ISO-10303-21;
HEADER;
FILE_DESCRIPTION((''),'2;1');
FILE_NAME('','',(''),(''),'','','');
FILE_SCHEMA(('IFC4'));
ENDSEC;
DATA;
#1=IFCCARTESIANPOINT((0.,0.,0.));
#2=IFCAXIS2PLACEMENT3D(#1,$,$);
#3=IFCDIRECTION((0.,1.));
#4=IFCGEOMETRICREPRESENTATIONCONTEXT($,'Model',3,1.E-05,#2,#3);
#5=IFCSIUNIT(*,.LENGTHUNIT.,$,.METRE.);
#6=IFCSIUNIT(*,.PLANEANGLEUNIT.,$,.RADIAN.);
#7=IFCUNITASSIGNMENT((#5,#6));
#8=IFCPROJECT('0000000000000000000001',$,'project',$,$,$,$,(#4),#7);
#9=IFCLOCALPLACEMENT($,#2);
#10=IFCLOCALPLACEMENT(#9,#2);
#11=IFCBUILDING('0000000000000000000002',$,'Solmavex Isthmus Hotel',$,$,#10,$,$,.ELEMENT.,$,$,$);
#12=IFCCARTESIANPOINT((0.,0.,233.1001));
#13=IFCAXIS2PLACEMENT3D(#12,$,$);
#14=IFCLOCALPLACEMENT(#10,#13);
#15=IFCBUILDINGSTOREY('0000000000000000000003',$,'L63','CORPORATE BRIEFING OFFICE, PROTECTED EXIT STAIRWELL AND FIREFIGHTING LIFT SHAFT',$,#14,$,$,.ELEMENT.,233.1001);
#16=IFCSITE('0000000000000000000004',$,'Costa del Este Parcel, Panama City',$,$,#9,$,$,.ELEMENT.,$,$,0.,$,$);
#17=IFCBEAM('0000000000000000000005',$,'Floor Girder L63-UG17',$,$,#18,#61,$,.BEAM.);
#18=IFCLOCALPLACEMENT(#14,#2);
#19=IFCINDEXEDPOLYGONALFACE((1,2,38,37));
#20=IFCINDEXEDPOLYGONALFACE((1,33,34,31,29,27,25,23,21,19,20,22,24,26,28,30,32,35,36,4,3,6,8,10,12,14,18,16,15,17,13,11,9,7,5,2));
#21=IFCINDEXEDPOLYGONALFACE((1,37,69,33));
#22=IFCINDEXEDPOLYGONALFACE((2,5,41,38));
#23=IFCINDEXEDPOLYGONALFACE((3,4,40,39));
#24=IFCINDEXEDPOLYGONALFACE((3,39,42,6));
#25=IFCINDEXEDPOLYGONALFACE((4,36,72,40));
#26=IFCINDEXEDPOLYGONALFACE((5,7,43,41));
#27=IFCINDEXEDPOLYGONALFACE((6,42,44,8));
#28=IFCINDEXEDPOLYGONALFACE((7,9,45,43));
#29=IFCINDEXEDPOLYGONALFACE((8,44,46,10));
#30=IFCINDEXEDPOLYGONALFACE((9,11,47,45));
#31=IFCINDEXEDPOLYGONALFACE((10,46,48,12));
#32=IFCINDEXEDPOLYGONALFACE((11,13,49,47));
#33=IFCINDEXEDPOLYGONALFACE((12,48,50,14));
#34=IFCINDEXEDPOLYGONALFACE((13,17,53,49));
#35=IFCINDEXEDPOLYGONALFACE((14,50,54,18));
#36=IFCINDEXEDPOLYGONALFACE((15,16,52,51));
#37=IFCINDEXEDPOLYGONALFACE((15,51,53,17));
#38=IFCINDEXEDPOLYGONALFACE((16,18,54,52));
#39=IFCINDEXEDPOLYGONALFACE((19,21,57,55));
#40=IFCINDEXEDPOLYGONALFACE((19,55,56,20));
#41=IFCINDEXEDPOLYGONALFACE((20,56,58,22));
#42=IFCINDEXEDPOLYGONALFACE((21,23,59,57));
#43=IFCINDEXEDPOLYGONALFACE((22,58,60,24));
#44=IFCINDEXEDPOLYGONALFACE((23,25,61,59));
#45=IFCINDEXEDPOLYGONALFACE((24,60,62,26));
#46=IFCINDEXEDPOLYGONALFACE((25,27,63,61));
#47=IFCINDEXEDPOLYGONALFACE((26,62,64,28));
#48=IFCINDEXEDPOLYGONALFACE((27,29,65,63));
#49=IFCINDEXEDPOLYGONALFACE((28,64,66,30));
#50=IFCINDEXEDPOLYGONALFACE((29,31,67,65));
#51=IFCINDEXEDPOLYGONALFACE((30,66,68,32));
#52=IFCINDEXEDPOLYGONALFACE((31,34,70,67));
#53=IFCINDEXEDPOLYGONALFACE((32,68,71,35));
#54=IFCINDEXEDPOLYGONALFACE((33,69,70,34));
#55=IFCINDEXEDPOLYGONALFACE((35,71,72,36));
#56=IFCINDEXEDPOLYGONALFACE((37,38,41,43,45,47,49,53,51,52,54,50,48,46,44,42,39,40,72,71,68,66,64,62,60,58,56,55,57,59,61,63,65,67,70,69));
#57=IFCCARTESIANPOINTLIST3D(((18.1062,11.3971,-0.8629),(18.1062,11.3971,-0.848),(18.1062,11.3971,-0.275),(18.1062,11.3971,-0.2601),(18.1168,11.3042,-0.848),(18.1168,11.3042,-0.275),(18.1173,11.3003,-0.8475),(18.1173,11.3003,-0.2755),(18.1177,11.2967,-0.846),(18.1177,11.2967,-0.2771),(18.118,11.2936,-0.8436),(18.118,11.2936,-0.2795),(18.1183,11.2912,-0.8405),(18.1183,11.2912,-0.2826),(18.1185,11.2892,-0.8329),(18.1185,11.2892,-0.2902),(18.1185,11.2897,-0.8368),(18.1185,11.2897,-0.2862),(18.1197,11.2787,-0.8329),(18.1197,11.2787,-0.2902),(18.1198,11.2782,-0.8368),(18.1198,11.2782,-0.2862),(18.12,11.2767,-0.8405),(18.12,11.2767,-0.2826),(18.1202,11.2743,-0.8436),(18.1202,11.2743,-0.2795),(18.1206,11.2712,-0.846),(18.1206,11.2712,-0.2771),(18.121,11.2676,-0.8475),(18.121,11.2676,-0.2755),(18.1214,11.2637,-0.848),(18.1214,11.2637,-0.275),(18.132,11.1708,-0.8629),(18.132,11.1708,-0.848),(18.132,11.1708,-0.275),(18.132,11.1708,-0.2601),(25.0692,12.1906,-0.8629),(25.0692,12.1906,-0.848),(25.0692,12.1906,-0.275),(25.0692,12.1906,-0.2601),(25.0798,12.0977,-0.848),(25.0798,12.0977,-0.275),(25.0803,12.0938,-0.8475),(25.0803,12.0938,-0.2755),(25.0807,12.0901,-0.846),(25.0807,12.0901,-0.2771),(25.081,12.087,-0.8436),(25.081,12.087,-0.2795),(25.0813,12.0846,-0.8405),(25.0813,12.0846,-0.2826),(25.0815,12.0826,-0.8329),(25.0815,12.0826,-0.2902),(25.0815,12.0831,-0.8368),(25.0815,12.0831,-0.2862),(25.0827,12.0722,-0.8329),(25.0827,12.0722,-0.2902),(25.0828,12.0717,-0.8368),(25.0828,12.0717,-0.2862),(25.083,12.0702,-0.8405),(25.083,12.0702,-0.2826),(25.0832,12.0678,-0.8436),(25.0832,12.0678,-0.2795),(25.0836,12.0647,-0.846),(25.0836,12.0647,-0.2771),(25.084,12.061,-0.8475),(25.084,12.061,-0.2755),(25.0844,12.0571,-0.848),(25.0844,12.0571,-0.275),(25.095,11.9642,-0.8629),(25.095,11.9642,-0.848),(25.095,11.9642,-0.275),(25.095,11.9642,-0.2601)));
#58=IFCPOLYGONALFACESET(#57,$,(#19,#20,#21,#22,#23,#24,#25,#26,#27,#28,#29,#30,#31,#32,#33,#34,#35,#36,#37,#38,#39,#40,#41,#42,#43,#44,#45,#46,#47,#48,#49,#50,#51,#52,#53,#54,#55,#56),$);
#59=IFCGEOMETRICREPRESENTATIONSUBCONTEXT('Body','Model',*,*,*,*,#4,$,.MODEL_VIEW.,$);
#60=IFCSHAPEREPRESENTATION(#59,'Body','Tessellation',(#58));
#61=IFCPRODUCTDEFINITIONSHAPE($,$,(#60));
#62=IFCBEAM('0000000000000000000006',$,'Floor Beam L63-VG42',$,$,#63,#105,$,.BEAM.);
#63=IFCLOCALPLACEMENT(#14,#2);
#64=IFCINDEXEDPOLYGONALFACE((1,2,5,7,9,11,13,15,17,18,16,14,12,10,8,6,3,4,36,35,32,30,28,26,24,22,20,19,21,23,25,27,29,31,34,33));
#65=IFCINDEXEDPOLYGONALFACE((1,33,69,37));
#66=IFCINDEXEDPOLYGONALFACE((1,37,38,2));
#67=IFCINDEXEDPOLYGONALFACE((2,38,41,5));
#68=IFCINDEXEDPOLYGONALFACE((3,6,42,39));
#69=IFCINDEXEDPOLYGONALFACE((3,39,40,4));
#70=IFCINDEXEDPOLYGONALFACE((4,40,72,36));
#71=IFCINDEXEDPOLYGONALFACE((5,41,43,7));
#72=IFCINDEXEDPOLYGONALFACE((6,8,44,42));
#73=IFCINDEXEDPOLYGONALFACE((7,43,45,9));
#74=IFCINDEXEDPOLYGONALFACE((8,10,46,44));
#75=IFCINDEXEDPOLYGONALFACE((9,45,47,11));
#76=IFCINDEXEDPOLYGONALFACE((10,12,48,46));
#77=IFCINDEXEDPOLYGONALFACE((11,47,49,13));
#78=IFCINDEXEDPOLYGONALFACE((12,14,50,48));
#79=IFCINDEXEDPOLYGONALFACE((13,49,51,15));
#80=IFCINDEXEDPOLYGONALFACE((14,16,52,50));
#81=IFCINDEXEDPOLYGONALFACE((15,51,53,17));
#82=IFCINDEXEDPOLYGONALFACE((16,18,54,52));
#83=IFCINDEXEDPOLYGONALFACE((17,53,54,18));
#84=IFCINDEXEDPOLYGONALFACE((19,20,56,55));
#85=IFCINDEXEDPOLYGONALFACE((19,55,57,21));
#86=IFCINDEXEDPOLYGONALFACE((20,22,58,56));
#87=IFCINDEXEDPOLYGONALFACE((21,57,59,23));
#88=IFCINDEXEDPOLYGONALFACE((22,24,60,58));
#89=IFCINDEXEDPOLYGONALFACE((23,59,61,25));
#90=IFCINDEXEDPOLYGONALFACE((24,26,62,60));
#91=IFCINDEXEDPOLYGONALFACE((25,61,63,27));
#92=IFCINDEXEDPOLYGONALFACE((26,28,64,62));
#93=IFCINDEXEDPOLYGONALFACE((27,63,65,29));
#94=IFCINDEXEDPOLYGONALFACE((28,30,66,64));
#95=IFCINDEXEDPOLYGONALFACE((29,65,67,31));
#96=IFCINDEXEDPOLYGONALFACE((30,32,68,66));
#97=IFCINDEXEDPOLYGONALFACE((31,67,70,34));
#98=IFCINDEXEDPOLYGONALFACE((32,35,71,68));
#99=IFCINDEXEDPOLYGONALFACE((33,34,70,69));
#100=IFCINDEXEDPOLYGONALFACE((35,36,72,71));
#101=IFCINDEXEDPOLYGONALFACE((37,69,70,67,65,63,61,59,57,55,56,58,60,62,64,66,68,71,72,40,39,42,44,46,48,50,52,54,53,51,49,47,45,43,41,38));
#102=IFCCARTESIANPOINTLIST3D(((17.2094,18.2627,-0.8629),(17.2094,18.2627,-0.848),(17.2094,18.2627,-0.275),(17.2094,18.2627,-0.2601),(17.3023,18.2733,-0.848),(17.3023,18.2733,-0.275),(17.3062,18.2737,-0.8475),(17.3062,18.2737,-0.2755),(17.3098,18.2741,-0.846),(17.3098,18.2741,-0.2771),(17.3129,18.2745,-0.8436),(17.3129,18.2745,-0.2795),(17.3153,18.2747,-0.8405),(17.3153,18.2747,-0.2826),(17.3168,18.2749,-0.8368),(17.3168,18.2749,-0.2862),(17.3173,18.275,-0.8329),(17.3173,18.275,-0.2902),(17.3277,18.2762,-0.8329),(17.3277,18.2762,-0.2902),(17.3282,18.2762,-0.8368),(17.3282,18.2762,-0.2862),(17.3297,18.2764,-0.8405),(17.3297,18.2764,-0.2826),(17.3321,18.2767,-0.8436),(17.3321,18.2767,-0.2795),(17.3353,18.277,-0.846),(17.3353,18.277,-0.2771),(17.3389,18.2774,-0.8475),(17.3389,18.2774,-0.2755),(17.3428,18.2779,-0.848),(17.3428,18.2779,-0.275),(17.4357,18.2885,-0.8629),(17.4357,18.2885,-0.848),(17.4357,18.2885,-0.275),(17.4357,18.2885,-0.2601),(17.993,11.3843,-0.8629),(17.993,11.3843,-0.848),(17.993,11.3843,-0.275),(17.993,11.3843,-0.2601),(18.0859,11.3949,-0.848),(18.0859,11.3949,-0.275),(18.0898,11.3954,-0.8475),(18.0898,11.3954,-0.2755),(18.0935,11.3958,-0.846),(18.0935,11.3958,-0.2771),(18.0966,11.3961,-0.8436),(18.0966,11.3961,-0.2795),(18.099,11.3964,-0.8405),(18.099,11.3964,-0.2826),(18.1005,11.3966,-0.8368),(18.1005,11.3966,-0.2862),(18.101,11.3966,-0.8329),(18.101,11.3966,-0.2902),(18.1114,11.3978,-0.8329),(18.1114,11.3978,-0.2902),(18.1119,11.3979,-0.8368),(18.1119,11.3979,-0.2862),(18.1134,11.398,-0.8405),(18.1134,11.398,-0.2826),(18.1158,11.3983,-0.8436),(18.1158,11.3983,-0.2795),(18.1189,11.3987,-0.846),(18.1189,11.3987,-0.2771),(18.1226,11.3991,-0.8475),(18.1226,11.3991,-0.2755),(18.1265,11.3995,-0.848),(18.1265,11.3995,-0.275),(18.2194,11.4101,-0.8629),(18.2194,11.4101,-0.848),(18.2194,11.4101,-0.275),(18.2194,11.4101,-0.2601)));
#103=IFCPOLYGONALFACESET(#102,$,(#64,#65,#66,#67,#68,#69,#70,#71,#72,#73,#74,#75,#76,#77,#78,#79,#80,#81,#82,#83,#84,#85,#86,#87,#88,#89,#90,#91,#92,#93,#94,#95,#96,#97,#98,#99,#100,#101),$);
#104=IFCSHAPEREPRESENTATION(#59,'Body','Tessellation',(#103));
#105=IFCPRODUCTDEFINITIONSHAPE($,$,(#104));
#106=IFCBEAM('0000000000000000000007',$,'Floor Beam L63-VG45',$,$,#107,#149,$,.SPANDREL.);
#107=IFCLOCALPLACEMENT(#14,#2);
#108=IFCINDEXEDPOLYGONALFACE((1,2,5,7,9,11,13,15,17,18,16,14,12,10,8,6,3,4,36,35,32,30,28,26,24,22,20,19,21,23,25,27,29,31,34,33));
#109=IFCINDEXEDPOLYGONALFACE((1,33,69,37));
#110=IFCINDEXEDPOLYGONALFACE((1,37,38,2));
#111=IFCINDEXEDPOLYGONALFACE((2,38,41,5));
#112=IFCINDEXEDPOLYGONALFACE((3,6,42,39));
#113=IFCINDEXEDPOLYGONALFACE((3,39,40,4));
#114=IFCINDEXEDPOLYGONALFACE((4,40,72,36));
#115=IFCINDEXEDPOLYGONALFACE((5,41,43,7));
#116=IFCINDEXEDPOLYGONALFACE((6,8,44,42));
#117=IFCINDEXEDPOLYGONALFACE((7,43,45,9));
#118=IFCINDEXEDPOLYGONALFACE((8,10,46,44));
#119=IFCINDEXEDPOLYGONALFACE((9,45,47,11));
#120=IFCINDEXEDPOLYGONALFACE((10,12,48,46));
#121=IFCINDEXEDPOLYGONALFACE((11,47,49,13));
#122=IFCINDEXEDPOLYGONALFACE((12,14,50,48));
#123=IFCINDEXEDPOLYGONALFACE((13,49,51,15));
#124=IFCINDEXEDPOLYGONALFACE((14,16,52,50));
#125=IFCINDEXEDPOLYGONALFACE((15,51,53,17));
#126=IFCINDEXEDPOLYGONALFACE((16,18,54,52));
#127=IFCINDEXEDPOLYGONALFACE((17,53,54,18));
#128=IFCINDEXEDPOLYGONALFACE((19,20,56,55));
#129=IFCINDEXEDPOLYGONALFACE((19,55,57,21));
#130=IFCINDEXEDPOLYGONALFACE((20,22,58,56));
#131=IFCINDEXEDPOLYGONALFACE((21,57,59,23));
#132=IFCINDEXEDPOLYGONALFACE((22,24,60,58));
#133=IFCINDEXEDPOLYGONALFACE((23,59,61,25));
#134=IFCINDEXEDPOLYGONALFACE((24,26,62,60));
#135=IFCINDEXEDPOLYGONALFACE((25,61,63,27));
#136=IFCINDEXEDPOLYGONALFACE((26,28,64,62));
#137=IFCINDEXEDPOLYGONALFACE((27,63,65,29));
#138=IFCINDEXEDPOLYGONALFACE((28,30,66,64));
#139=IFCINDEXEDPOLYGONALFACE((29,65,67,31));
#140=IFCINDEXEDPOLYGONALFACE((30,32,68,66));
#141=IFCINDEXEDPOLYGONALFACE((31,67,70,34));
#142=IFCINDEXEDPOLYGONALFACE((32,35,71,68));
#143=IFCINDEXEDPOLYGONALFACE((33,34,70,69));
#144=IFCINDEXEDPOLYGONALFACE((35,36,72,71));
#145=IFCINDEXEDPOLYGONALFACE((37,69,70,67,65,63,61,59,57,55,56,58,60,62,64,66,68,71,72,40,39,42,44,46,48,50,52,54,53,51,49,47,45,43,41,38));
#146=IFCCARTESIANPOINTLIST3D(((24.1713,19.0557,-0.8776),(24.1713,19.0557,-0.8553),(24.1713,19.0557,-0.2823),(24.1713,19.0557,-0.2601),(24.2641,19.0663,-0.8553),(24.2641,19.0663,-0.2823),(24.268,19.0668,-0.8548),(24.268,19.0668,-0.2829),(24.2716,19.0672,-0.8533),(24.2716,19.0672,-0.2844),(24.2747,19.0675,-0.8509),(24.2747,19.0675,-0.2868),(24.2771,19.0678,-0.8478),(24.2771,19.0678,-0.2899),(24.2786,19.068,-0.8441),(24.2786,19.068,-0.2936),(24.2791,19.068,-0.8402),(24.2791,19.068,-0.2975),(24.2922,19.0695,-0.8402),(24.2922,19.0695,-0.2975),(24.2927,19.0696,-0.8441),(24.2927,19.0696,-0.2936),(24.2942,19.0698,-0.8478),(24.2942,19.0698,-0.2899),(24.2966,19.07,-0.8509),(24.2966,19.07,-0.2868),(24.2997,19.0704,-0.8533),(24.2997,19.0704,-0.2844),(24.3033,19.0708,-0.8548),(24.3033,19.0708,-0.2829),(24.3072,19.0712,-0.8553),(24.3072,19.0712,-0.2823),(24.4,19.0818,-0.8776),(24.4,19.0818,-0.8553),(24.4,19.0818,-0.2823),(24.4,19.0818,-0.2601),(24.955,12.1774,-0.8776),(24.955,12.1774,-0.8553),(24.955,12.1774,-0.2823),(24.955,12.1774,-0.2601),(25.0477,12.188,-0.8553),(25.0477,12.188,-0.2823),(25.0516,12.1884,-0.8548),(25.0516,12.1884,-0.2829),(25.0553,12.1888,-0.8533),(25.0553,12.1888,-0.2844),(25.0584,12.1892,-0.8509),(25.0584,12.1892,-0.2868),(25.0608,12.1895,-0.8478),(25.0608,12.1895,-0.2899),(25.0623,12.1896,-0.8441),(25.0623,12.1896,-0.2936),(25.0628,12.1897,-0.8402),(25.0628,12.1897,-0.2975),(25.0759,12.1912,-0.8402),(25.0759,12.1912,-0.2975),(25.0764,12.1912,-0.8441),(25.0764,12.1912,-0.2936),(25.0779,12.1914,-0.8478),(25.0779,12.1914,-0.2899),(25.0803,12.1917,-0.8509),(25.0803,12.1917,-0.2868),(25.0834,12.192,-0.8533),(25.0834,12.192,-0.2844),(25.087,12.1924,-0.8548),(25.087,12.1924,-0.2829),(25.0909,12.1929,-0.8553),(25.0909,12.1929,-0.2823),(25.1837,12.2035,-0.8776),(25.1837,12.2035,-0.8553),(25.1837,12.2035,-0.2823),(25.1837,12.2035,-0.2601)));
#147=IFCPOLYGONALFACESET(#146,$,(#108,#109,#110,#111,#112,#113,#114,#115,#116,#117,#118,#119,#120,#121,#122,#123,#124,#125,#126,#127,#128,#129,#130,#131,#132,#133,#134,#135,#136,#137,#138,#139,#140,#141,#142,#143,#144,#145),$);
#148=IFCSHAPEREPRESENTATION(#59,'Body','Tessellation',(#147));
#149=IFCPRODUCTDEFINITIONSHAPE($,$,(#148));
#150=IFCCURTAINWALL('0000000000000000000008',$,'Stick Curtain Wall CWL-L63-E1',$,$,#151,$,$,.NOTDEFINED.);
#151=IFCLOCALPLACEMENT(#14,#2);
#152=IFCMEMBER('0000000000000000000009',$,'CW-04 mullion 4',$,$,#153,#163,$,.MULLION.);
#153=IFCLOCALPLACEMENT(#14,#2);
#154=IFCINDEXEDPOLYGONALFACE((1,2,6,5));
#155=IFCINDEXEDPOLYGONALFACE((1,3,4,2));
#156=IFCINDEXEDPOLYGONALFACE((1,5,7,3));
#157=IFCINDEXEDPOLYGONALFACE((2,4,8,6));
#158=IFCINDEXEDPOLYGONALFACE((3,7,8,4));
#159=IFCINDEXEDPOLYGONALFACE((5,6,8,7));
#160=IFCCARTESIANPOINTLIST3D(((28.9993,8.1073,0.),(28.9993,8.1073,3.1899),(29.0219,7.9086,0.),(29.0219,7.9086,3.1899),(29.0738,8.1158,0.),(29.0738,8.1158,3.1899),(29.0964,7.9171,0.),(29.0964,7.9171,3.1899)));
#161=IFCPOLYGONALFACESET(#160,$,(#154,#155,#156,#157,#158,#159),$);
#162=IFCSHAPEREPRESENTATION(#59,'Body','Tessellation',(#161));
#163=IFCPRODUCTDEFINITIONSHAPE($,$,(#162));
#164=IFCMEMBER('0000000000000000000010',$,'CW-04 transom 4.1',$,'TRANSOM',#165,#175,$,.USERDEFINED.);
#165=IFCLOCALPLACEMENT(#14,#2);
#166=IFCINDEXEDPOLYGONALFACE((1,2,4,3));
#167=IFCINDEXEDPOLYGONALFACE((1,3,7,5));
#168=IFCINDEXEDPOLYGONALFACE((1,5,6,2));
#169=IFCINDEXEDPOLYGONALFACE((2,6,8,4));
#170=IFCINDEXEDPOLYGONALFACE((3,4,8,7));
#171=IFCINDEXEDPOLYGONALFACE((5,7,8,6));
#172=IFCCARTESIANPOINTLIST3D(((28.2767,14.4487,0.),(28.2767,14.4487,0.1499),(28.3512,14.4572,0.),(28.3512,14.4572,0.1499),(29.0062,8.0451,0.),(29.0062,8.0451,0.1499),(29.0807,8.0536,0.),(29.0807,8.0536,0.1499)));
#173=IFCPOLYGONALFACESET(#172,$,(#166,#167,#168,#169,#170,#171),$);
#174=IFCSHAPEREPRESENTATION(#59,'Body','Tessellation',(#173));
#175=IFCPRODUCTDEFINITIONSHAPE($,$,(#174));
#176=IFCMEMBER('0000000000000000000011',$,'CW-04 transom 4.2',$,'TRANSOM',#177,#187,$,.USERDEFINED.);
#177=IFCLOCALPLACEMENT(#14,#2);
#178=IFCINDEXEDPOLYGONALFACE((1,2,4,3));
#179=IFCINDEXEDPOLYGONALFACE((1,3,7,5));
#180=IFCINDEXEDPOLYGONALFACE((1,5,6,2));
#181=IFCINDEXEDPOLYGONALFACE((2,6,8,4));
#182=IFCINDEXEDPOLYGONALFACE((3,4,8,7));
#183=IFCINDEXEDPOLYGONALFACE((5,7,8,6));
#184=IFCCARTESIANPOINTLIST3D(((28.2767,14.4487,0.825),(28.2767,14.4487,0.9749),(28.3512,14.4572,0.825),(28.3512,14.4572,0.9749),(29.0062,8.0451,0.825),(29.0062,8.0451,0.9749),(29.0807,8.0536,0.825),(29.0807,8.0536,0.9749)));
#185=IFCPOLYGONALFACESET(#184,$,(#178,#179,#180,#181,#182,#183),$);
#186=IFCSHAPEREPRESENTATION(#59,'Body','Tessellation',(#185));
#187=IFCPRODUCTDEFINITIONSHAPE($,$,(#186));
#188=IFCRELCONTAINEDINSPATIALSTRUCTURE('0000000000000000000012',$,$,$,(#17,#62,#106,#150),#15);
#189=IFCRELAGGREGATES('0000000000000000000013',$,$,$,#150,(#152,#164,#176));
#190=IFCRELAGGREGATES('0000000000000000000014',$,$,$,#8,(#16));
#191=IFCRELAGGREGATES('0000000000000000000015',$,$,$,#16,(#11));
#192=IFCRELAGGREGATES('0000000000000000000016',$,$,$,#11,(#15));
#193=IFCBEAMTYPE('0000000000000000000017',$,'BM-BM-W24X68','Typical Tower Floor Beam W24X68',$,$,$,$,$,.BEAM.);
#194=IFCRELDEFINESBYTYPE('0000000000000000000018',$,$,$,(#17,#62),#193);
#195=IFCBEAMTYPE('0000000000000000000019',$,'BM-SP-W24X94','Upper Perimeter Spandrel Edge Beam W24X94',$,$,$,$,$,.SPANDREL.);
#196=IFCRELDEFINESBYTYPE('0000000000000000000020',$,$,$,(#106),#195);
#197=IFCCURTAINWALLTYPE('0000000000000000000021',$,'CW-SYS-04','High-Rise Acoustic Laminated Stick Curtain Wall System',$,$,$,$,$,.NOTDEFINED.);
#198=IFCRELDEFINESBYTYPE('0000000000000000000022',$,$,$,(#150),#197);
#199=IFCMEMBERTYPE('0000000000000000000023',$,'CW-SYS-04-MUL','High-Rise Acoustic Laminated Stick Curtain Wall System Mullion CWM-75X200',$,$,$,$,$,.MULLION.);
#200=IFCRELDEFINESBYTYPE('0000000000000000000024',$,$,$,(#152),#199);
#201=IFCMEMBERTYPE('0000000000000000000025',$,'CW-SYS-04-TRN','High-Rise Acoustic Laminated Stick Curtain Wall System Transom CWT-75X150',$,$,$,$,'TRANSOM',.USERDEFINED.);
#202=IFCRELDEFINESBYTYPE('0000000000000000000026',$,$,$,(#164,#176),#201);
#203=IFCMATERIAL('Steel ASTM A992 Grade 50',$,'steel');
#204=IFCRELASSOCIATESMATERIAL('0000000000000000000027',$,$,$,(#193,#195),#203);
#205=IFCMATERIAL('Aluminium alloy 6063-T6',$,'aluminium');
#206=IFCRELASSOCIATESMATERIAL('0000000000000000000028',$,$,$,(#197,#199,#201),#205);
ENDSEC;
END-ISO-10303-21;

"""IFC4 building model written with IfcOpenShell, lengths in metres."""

from ifc_helpers import new_model, si_unit, direction, frame, origin, origin_2d, place, context, subcontext, project, spatial, rectangle, i_section, extrude, material, material_profile, profile_set, type_object, element, aggregate, save


model = new_model("IFC4")

# Units and contexts
model_context = context("Model", 3, precision=1e-05, world=origin(), true_north=direction((0.0, 1.0)))
body_context = subcontext(model_context, "Body", "Model", "MODEL_VIEW")
ifc_project = project(units=[si_unit("LENGTHUNIT", "METRE"), si_unit("PLANEANGLEUNIT", "RADIAN")], contexts=[model_context])

# Site, building, storey
site_placement = place(None, origin())
site = spatial("IfcSite", under=ifc_project, at=site_placement, Name="Costa del Este Parcel, Panama City", CompositionType="ELEMENT", RefElevation=0.0)
building_placement = place(site_placement, origin())
building = spatial("IfcBuilding", under=site, at=building_placement, Name="Solmavex Isthmus Hotel", CompositionType="ELEMENT")
storey_placement = place(building_placement, frame((0.0, 0.0, 233.1001)))
storey = spatial("IfcBuildingStorey", under=building, at=storey_placement, Name="L63", Description="CORPORATE BRIEFING OFFICE, PROTECTED EXIT STAIRWELL AND FIREFIGHTING LIFT SHAFT", CompositionType="ELEMENT", Elevation=233.1001)

# Beams
ifc_material_1 = material(Name="Steel ASTM A992 Grade 50", Category="steel")
ifc_material_profile_1 = material_profile(ifc_material_1, i_section(OverallWidth=0.2278, OverallDepth=0.6028, WebThickness=0.0105, FlangeThickness=0.0149, FilletRadius=0.0151, at=origin_2d()), Name="W24X68")
ifc_profile_set_1 = profile_set([ifc_material_profile_1], Name="Steel ASTM A992 Grade 50")
beam_type_1 = type_object("IfcBeamType", Name="BM-BM-W24X68", Description="Typical Tower Floor Beam W24X68", PredefinedType="BEAM", material=ifc_profile_set_1)
beam_1_placement = place(storey_placement, frame((18.1191, 11.2839, -0.5615), z_axis=(0.99357, 0.113222, 0.0), x_axis=(-0.113222, 0.99357, 0.0)))
element("IfcBeam", 1, at=beam_1_placement, inside=storey, type_object=beam_type_1, Name="Floor Girder L63-UG17", PredefinedType="BEAM", context=body_context, shape_type="SweptSolid", body=[
    extrude(i_section(OverallWidth=0.2278, OverallDepth=0.6028, WebThickness=0.0105, FlangeThickness=0.0149, FilletRadius=0.0151, at=origin_2d()), origin(), (0.0, 0.0, 1.0), 7.0081),
])
beam_2_placement = place(storey_placement, frame((18.1062, 11.3972, -0.5615), z_axis=(-0.113202, 0.993572, 0.0), x_axis=(-0.993572, -0.113202, 0.0)))
element("IfcBeam", 2, at=beam_2_placement, inside=storey, type_object=beam_type_1, Name="Floor Beam L63-VG42", PredefinedType="BEAM", context=body_context, shape_type="SweptSolid", body=[
    extrude(i_section(OverallWidth=0.2278, OverallDepth=0.6028, WebThickness=0.0105, FlangeThickness=0.0149, FilletRadius=0.0151, at=origin_2d()), origin(), (0.0, 0.0, 1.0), 6.9229),
])
ifc_material_profile_2 = material_profile(ifc_material_1, i_section(OverallWidth=0.2302, OverallDepth=0.6174, WebThickness=0.0132, FlangeThickness=0.0222, FilletRadius=0.0151, at=origin_2d()), Name="W24X94")
ifc_profile_set_2 = profile_set([ifc_material_profile_2], Name="Steel ASTM A992 Grade 50")
beam_type_2 = type_object("IfcBeamType", Name="BM-SP-W24X94", Description="Upper Perimeter Spandrel Edge Beam W24X94", PredefinedType="SPANDREL", material=ifc_profile_set_2)
beam_3_placement = place(storey_placement, frame((25.0693, 12.1904, -0.5688), z_axis=(-0.113202, 0.993572, 0.0), x_axis=(-0.993572, -0.113202, 0.0)))
element("IfcBeam", 3, at=beam_3_placement, inside=storey, type_object=beam_type_2, Name="Floor Beam L63-VG45", PredefinedType="SPANDREL", context=body_context, shape_type="SweptSolid", body=[
    extrude(i_section(OverallWidth=0.2302, OverallDepth=0.6174, WebThickness=0.0132, FlangeThickness=0.0222, FilletRadius=0.0151, at=origin_2d()), origin(), (0.0, 0.0, 1.0), 6.9229),
])

# Curtain wall, members
ifc_material_2 = material(Name="Aluminium alloy 6063-T6", Category="aluminium")
curtain_wall_type = type_object("IfcCurtainWallType", Name="CW-SYS-04", Description="High-Rise Acoustic Laminated Stick Curtain Wall System", PredefinedType="NOTDEFINED", material=ifc_material_2)
curtain_wall_placement = place(storey_placement, origin())
curtain_wall = element("IfcCurtainWall", 4, at=curtain_wall_placement, inside=storey, type_object=curtain_wall_type, Name="Stick Curtain Wall CWL-L63-E1", PredefinedType="NOTDEFINED")
ifc_material_profile_3 = material_profile(ifc_material_2, rectangle(XDim=0.075, YDim=0.2, at=origin_2d()), Name="CWM-75X200")
ifc_profile_set_3 = profile_set([ifc_material_profile_3], Name="Aluminium alloy 6063-T6")
member_type_1 = type_object("IfcMemberType", Name="CW-SYS-04-MUL", Description="High-Rise Acoustic Laminated Stick Curtain Wall System Mullion CWM-75X200", PredefinedType="MULLION", material=ifc_profile_set_3)
member_1_placement = place(storey_placement, frame((29.0479, 8.0122, 0.0), z_axis=(0.0, 0.0, 1.0), x_axis=(-0.993572, -0.113203, 0.0)))
member_1 = element("IfcMember", 5, at=member_1_placement, type_object=member_type_1, Name="CW-04 mullion 4", PredefinedType="MULLION", context=body_context, shape_type="SweptSolid", body=[
    extrude(rectangle(XDim=0.075, YDim=0.2, at=origin_2d()), origin(), (0.0, 0.0, 1.0), 3.1899),
])
ifc_material_profile_4 = material_profile(ifc_material_2, rectangle(XDim=0.075, YDim=0.1499, at=origin_2d()), Name="CWT-75X150")
ifc_profile_set_4 = profile_set([ifc_material_profile_4], Name="Aluminium alloy 6063-T6")
member_type_2 = type_object("IfcMemberType", Name="CW-SYS-04-TRN", Description="High-Rise Acoustic Laminated Stick Curtain Wall System Transom CWT-75X150", ElementType="TRANSOM", PredefinedType="USERDEFINED", material=ifc_profile_set_4)
member_2_placement = place(storey_placement, frame((29.0435, 8.0493, 0.075), z_axis=(-0.113188, 0.993574, 0.0), x_axis=(-0.993574, -0.113188, 0.0)))
member_2 = element("IfcMember", 6, at=member_2_placement, type_object=member_type_2, Name="CW-04 transom 4.1", ObjectType="TRANSOM", PredefinedType="USERDEFINED", context=body_context, shape_type="SweptSolid", body=[
    extrude(rectangle(XDim=0.075, YDim=0.1499, at=origin_2d()), origin(), (0.0, 0.0, 1.0), 6.4451),
])
member_3_placement = place(storey_placement, frame((29.0435, 8.0493, 0.8999), z_axis=(-0.113188, 0.993574, 0.0), x_axis=(-0.993574, -0.113188, 0.0)))
member_3 = element("IfcMember", 7, at=member_3_placement, type_object=member_type_2, Name="CW-04 transom 4.2", ObjectType="TRANSOM", PredefinedType="USERDEFINED", context=body_context, shape_type="SweptSolid", body=[
    extrude(rectangle(XDim=0.075, YDim=0.1499, at=origin_2d()), origin(), (0.0, 0.0, 1.0), 6.4451),
])
aggregate(curtain_wall, [member_1, member_2, member_3])

save(model, "model.ifc")
